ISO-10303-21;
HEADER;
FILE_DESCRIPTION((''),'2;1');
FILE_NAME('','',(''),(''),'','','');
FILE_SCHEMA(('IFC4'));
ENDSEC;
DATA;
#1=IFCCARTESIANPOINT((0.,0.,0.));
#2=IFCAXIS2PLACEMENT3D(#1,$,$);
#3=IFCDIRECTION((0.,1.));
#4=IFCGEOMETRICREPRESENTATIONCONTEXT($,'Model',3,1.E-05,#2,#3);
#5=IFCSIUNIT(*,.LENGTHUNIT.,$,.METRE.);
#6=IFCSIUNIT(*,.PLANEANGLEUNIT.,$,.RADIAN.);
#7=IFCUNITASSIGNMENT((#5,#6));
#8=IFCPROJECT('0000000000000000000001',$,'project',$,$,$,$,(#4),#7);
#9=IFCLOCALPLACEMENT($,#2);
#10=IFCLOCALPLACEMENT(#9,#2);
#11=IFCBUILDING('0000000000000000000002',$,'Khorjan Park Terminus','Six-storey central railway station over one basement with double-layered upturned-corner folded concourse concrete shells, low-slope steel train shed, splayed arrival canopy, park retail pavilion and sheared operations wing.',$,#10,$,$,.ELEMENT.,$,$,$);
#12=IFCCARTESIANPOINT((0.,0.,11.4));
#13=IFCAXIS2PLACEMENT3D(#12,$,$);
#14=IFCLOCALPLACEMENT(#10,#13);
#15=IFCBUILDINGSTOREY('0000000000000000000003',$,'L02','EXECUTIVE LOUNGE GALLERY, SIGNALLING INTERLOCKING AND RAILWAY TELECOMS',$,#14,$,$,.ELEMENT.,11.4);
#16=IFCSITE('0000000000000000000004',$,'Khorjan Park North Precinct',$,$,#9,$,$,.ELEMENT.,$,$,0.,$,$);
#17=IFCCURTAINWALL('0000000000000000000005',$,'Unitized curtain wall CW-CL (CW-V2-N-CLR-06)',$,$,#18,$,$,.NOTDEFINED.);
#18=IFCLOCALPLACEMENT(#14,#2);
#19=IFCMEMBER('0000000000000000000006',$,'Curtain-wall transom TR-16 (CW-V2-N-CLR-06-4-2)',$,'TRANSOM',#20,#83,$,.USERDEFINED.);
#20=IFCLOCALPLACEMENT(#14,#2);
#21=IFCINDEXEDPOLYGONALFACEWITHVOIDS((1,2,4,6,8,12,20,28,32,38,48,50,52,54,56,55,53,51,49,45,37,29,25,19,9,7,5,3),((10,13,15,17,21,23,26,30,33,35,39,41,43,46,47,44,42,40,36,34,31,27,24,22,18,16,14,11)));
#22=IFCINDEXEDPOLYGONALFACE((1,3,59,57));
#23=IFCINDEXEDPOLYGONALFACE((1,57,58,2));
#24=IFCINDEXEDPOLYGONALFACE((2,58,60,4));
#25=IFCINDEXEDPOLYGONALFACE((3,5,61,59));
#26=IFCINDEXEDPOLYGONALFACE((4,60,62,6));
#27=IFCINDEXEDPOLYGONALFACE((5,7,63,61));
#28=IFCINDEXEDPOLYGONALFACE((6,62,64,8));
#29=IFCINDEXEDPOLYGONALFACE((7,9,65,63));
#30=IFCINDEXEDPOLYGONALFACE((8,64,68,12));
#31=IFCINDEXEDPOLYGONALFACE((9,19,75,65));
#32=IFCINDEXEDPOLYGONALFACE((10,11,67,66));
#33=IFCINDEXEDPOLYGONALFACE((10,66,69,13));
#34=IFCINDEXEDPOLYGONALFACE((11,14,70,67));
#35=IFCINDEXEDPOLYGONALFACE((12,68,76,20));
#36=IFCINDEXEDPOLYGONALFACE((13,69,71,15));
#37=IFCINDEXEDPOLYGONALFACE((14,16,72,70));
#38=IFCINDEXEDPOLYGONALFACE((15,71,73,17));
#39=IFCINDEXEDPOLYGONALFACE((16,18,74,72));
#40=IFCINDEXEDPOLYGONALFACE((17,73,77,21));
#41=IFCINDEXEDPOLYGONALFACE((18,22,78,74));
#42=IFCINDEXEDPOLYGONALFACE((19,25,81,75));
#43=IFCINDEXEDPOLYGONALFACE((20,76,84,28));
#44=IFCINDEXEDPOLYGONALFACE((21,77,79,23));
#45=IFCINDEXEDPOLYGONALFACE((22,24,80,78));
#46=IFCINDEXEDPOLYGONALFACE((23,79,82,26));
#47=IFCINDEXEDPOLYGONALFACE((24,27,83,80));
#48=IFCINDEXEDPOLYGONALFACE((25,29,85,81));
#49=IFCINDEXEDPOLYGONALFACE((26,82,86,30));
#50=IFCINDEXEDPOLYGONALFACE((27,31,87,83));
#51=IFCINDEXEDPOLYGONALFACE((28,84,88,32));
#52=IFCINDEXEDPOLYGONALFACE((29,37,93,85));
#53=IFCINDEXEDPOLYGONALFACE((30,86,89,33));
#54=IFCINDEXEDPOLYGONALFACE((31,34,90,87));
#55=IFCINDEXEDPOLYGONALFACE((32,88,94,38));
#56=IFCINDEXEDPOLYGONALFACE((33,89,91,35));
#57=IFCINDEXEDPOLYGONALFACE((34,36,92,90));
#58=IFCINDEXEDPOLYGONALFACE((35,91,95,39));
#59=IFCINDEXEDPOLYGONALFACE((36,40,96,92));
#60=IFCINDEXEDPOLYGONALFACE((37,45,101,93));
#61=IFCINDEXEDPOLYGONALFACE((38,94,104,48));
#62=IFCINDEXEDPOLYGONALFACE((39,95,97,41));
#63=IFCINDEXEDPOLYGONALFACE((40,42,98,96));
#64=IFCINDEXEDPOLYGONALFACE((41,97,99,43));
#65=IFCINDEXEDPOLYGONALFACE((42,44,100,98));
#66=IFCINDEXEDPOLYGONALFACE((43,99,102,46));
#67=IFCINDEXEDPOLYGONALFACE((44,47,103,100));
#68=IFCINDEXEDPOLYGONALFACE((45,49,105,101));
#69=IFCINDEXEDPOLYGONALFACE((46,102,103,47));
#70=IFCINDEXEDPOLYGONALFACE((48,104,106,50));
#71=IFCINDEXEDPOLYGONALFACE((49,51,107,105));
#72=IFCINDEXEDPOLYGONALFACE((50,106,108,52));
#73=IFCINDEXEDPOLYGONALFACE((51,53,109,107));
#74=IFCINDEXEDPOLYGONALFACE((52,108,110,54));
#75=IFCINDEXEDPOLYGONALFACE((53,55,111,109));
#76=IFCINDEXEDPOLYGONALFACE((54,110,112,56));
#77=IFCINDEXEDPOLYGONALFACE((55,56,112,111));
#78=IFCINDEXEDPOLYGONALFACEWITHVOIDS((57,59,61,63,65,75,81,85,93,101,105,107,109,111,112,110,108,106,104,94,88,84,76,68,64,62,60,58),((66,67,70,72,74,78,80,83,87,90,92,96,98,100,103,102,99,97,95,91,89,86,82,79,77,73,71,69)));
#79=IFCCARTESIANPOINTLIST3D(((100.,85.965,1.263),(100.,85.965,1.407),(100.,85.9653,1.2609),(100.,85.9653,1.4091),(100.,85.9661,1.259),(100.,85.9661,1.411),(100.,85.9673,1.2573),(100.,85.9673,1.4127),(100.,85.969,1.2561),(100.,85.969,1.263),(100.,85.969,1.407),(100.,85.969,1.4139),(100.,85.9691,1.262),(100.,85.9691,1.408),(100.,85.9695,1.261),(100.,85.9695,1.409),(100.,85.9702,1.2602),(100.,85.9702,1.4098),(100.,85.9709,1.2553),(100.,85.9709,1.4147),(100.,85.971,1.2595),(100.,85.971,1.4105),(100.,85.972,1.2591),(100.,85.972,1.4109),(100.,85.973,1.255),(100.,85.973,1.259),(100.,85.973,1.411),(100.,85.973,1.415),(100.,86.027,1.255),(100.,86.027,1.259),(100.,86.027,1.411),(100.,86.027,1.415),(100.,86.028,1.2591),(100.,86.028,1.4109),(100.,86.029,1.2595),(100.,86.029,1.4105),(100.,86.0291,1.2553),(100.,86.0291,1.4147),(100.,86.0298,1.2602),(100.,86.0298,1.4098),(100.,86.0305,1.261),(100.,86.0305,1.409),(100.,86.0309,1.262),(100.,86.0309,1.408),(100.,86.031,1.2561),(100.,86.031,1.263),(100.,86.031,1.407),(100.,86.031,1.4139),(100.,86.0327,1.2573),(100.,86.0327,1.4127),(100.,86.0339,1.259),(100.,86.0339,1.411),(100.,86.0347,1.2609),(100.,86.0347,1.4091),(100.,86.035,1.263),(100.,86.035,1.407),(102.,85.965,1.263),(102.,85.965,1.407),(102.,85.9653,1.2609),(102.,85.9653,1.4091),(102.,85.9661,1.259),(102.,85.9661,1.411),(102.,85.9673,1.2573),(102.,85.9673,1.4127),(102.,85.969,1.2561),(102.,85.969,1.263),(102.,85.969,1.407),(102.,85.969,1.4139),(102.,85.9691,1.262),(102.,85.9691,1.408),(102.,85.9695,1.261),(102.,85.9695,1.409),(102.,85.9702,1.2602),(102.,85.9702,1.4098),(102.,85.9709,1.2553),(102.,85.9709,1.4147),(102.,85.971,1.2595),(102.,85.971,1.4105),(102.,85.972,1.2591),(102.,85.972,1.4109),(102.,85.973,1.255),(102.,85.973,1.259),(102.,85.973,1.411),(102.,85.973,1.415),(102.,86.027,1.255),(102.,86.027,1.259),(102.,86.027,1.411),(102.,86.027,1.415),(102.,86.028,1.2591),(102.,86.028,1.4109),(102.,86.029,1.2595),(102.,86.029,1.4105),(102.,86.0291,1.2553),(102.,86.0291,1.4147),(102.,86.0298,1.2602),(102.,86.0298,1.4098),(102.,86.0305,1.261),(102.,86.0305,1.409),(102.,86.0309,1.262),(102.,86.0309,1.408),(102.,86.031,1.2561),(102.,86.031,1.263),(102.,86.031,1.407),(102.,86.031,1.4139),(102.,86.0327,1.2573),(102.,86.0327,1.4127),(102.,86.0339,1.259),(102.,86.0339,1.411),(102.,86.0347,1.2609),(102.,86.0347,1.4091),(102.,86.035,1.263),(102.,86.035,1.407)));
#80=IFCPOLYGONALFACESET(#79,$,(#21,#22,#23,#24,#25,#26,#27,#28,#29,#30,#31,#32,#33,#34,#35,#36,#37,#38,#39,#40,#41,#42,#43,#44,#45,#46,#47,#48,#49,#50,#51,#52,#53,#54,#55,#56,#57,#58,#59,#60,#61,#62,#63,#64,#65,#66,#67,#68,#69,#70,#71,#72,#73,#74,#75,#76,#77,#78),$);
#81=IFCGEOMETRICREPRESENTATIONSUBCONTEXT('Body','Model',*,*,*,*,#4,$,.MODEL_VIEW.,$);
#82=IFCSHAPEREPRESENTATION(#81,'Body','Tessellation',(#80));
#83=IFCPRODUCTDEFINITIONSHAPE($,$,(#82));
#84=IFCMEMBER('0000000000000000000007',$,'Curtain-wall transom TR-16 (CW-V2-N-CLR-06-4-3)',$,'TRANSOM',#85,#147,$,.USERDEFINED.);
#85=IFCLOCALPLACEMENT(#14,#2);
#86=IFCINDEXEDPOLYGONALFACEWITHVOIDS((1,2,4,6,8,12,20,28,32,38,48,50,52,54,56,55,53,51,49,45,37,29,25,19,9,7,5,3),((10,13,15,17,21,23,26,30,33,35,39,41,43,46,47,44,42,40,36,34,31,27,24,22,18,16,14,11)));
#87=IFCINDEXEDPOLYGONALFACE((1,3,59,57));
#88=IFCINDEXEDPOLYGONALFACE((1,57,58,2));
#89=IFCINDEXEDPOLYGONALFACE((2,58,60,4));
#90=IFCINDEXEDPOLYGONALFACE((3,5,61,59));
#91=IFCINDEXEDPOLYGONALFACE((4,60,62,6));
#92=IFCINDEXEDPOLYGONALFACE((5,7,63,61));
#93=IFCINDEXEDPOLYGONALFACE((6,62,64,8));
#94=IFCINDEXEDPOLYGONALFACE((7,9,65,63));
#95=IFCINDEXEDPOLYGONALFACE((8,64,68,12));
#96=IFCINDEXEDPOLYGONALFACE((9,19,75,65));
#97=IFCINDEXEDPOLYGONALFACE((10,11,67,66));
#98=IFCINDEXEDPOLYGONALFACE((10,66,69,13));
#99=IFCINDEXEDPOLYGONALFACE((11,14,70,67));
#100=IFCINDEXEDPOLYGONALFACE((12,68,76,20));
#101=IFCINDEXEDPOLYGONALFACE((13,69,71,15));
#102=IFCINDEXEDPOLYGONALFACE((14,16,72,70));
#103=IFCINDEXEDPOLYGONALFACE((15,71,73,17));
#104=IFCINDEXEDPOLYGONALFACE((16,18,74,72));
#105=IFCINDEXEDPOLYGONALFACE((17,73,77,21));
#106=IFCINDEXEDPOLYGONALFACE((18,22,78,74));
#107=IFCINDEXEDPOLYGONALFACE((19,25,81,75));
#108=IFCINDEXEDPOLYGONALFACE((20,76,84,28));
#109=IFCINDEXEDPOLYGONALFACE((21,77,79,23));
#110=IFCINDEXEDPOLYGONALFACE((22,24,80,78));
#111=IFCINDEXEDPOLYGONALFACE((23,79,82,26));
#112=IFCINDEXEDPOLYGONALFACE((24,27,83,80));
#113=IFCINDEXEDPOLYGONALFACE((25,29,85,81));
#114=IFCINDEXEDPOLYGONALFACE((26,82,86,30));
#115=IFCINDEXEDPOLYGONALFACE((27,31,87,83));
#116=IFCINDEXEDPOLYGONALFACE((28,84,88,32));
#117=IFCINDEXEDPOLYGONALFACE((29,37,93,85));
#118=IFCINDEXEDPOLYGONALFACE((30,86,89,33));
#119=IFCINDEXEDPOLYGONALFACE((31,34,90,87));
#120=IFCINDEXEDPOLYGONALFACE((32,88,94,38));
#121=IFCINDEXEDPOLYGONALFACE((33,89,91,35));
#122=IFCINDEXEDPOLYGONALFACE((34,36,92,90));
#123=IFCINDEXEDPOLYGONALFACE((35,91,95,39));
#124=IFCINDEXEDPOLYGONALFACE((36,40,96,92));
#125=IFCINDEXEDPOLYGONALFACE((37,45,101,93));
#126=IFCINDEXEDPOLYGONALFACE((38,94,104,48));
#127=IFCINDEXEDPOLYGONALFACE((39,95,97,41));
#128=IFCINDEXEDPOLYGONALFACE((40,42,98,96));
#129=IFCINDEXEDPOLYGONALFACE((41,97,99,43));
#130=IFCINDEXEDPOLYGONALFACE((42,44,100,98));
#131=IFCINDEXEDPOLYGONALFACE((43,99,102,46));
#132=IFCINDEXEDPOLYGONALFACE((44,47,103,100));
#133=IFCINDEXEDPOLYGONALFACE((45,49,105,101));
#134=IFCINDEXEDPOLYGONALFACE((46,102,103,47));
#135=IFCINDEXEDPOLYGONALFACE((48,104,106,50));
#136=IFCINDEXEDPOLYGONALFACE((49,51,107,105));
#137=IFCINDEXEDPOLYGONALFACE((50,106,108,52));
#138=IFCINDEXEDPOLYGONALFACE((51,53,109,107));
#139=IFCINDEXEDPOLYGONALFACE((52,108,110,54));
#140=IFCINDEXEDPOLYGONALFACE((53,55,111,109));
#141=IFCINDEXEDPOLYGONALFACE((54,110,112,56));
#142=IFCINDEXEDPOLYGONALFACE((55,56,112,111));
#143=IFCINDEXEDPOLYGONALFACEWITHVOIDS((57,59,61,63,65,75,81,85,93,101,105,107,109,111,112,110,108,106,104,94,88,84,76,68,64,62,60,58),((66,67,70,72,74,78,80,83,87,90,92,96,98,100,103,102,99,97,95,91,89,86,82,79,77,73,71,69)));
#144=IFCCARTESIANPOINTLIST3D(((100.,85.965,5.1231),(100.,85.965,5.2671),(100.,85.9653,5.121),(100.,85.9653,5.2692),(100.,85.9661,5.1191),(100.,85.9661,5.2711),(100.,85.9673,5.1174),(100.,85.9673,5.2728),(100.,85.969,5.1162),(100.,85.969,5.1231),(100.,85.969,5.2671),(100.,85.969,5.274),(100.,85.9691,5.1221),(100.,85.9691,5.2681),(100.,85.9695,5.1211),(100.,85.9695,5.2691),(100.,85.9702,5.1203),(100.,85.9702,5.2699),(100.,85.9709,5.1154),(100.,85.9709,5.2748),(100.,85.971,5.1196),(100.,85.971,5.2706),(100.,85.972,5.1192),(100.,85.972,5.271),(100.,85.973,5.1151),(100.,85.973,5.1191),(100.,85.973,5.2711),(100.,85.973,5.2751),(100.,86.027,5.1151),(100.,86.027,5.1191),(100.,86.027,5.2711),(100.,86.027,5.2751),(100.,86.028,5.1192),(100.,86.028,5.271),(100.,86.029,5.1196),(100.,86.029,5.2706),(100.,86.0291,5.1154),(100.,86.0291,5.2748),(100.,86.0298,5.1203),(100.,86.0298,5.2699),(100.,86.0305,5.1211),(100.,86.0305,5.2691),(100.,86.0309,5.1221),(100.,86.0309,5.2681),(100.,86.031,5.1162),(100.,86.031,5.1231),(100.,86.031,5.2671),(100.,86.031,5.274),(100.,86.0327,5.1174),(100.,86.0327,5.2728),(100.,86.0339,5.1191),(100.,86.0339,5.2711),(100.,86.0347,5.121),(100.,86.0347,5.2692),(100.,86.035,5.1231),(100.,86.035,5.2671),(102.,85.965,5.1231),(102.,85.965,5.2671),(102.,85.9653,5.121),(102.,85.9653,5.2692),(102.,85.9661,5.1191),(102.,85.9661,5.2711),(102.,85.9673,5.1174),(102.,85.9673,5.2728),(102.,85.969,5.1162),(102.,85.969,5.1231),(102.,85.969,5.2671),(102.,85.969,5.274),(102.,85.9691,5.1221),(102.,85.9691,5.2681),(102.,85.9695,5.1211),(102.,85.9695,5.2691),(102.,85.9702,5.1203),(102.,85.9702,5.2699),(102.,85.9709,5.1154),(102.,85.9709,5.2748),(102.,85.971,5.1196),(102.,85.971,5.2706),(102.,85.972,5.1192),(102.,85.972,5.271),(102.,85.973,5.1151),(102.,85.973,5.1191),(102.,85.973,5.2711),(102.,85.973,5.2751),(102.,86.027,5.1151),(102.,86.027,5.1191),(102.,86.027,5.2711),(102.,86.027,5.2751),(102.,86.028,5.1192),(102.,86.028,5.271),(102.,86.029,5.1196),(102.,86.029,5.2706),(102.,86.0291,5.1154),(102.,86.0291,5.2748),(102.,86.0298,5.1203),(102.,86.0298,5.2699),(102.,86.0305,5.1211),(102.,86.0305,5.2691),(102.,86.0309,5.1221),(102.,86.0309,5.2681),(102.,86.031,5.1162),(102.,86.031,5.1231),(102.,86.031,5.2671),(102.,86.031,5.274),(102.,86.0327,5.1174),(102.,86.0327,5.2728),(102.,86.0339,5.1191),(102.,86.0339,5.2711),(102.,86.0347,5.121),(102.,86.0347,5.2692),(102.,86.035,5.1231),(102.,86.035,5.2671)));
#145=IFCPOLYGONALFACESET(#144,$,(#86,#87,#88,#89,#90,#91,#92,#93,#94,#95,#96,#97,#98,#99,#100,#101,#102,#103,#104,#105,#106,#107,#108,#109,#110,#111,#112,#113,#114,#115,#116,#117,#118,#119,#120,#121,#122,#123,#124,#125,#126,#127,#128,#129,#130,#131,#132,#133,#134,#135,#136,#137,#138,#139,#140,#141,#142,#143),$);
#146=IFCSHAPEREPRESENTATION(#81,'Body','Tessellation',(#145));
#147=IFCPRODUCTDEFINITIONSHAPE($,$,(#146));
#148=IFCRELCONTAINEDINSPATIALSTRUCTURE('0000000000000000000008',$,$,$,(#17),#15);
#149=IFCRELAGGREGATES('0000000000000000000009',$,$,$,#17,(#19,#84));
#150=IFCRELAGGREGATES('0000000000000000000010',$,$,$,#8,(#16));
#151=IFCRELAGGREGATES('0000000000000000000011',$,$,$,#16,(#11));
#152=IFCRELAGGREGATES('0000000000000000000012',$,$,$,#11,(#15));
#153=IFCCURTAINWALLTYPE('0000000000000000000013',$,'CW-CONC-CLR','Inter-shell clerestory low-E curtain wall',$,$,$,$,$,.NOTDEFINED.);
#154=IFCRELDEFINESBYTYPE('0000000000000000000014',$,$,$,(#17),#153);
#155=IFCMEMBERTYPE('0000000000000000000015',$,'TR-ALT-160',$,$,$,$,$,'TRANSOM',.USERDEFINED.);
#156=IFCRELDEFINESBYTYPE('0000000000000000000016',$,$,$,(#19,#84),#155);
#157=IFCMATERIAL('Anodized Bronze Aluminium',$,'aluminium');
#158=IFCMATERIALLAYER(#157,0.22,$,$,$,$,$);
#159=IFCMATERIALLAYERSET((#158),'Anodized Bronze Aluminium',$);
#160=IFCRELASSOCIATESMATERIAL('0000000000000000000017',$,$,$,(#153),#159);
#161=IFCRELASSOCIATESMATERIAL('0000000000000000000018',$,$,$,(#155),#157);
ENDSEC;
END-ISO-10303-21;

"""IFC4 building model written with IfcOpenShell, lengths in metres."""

from ifc_helpers import new_model, si_unit, direction, frame, origin, origin_2d, place, context, subcontext, project, spatial, hollow_rectangle, extrude, material, layer, layer_set, material_profile, profile_set, type_object, element, aggregate, save


model = new_model("IFC4")

# Units and contexts
model_context = context("Model", 3, precision=1e-05, world=origin(), true_north=direction((0.0, 1.0)))
body_context = subcontext(model_context, "Body", "Model", "MODEL_VIEW")
ifc_project = project(units=[si_unit("LENGTHUNIT", "METRE"), si_unit("PLANEANGLEUNIT", "RADIAN")], contexts=[model_context])

# Site, building, storey
site_placement = place(None, origin())
site = spatial("IfcSite", under=ifc_project, at=site_placement, Name="Khorjan Park North Precinct", CompositionType="ELEMENT", RefElevation=0.0)
building_placement = place(site_placement, origin())
building = spatial("IfcBuilding", under=site, at=building_placement, Name="Khorjan Park Terminus", Description="Six-storey central railway station over one basement with double-layered upturned-corner folded concourse concrete shells, low-slope steel train shed, splayed arrival canopy, park retail pavilion and sheared operations wing.", CompositionType="ELEMENT")
storey_placement = place(building_placement, frame((0.0, 0.0, 11.4)))
storey = spatial("IfcBuildingStorey", under=building, at=storey_placement, Name="L02", Description="EXECUTIVE LOUNGE GALLERY, SIGNALLING INTERLOCKING AND RAILWAY TELECOMS", CompositionType="ELEMENT", Elevation=11.4)

# Shared definitions
ifc_material_1 = material(Name="Anodized Bronze Aluminium", Category="aluminium")
ifc_layer_1 = layer(ifc_material_1, 0.22)
ifc_layer_set_1 = layer_set([ifc_layer_1], Name="Anodized Bronze Aluminium")
curtain_wall_type = type_object("IfcCurtainWallType", Name="CW-CONC-CLR", Description="Inter-shell clerestory low-E curtain wall", PredefinedType="NOTDEFINED", material=ifc_layer_set_1)

# Curtain wall
curtain_wall_1_placement = place(storey_placement, origin())
curtain_wall_1 = element("IfcCurtainWall", 1, at=curtain_wall_1_placement, inside=storey, type_object=curtain_wall_type, Name="Unitized curtain wall CW-CL (CW-V2-N-CLR-06)", PredefinedType="NOTDEFINED")

# Members
ifc_material_profile_1 = material_profile(ifc_material_1, hollow_rectangle(XDim=0.07, YDim=0.16, WallThickness=0.004, InnerFilletRadius=0.004, OuterFilletRadius=0.008, at=origin_2d()), Name="ALT 70x160x4")
ifc_profile_set_1 = profile_set([ifc_material_profile_1], Name="Anodized Bronze Aluminium")
member_type_1 = type_object("IfcMemberType", Name="TR-ALT-160", ElementType="TRANSOM", PredefinedType="USERDEFINED", material=ifc_profile_set_1)
member_1_placement = place(storey_placement, frame((102.0, 86.0, 1.335), z_axis=(-1.0, 0.0, 0.0), x_axis=(0.0, -1.0, 0.0)))
member_1 = element("IfcMember", 2, at=member_1_placement, type_object=member_type_1, Name="Curtain-wall transom TR-16 (CW-V2-N-CLR-06-4-2)", ObjectType="TRANSOM", PredefinedType="USERDEFINED", context=body_context, shape_type="SweptSolid", body=[
    extrude(hollow_rectangle(XDim=0.07, YDim=0.16, WallThickness=0.004, InnerFilletRadius=0.004, OuterFilletRadius=0.008, at=origin_2d()), origin(), (0.0, 0.0, 1.0), 2.0),
])
member_2_placement = place(storey_placement, frame((102.0, 86.0, 5.1951), z_axis=(-1.0, 0.0, 0.0), x_axis=(0.0, -1.0, 0.0)))
member_2 = element("IfcMember", 3, at=member_2_placement, type_object=member_type_1, Name="Curtain-wall transom TR-16 (CW-V2-N-CLR-06-4-3)", ObjectType="TRANSOM", PredefinedType="USERDEFINED", context=body_context, shape_type="SweptSolid", body=[
    extrude(hollow_rectangle(XDim=0.07, YDim=0.16, WallThickness=0.004, InnerFilletRadius=0.004, OuterFilletRadius=0.008, at=origin_2d()), origin(), (0.0, 0.0, 1.0), 2.0),
])

aggregate(curtain_wall_1, [member_1, member_2])

save(model, "model.ifc")
